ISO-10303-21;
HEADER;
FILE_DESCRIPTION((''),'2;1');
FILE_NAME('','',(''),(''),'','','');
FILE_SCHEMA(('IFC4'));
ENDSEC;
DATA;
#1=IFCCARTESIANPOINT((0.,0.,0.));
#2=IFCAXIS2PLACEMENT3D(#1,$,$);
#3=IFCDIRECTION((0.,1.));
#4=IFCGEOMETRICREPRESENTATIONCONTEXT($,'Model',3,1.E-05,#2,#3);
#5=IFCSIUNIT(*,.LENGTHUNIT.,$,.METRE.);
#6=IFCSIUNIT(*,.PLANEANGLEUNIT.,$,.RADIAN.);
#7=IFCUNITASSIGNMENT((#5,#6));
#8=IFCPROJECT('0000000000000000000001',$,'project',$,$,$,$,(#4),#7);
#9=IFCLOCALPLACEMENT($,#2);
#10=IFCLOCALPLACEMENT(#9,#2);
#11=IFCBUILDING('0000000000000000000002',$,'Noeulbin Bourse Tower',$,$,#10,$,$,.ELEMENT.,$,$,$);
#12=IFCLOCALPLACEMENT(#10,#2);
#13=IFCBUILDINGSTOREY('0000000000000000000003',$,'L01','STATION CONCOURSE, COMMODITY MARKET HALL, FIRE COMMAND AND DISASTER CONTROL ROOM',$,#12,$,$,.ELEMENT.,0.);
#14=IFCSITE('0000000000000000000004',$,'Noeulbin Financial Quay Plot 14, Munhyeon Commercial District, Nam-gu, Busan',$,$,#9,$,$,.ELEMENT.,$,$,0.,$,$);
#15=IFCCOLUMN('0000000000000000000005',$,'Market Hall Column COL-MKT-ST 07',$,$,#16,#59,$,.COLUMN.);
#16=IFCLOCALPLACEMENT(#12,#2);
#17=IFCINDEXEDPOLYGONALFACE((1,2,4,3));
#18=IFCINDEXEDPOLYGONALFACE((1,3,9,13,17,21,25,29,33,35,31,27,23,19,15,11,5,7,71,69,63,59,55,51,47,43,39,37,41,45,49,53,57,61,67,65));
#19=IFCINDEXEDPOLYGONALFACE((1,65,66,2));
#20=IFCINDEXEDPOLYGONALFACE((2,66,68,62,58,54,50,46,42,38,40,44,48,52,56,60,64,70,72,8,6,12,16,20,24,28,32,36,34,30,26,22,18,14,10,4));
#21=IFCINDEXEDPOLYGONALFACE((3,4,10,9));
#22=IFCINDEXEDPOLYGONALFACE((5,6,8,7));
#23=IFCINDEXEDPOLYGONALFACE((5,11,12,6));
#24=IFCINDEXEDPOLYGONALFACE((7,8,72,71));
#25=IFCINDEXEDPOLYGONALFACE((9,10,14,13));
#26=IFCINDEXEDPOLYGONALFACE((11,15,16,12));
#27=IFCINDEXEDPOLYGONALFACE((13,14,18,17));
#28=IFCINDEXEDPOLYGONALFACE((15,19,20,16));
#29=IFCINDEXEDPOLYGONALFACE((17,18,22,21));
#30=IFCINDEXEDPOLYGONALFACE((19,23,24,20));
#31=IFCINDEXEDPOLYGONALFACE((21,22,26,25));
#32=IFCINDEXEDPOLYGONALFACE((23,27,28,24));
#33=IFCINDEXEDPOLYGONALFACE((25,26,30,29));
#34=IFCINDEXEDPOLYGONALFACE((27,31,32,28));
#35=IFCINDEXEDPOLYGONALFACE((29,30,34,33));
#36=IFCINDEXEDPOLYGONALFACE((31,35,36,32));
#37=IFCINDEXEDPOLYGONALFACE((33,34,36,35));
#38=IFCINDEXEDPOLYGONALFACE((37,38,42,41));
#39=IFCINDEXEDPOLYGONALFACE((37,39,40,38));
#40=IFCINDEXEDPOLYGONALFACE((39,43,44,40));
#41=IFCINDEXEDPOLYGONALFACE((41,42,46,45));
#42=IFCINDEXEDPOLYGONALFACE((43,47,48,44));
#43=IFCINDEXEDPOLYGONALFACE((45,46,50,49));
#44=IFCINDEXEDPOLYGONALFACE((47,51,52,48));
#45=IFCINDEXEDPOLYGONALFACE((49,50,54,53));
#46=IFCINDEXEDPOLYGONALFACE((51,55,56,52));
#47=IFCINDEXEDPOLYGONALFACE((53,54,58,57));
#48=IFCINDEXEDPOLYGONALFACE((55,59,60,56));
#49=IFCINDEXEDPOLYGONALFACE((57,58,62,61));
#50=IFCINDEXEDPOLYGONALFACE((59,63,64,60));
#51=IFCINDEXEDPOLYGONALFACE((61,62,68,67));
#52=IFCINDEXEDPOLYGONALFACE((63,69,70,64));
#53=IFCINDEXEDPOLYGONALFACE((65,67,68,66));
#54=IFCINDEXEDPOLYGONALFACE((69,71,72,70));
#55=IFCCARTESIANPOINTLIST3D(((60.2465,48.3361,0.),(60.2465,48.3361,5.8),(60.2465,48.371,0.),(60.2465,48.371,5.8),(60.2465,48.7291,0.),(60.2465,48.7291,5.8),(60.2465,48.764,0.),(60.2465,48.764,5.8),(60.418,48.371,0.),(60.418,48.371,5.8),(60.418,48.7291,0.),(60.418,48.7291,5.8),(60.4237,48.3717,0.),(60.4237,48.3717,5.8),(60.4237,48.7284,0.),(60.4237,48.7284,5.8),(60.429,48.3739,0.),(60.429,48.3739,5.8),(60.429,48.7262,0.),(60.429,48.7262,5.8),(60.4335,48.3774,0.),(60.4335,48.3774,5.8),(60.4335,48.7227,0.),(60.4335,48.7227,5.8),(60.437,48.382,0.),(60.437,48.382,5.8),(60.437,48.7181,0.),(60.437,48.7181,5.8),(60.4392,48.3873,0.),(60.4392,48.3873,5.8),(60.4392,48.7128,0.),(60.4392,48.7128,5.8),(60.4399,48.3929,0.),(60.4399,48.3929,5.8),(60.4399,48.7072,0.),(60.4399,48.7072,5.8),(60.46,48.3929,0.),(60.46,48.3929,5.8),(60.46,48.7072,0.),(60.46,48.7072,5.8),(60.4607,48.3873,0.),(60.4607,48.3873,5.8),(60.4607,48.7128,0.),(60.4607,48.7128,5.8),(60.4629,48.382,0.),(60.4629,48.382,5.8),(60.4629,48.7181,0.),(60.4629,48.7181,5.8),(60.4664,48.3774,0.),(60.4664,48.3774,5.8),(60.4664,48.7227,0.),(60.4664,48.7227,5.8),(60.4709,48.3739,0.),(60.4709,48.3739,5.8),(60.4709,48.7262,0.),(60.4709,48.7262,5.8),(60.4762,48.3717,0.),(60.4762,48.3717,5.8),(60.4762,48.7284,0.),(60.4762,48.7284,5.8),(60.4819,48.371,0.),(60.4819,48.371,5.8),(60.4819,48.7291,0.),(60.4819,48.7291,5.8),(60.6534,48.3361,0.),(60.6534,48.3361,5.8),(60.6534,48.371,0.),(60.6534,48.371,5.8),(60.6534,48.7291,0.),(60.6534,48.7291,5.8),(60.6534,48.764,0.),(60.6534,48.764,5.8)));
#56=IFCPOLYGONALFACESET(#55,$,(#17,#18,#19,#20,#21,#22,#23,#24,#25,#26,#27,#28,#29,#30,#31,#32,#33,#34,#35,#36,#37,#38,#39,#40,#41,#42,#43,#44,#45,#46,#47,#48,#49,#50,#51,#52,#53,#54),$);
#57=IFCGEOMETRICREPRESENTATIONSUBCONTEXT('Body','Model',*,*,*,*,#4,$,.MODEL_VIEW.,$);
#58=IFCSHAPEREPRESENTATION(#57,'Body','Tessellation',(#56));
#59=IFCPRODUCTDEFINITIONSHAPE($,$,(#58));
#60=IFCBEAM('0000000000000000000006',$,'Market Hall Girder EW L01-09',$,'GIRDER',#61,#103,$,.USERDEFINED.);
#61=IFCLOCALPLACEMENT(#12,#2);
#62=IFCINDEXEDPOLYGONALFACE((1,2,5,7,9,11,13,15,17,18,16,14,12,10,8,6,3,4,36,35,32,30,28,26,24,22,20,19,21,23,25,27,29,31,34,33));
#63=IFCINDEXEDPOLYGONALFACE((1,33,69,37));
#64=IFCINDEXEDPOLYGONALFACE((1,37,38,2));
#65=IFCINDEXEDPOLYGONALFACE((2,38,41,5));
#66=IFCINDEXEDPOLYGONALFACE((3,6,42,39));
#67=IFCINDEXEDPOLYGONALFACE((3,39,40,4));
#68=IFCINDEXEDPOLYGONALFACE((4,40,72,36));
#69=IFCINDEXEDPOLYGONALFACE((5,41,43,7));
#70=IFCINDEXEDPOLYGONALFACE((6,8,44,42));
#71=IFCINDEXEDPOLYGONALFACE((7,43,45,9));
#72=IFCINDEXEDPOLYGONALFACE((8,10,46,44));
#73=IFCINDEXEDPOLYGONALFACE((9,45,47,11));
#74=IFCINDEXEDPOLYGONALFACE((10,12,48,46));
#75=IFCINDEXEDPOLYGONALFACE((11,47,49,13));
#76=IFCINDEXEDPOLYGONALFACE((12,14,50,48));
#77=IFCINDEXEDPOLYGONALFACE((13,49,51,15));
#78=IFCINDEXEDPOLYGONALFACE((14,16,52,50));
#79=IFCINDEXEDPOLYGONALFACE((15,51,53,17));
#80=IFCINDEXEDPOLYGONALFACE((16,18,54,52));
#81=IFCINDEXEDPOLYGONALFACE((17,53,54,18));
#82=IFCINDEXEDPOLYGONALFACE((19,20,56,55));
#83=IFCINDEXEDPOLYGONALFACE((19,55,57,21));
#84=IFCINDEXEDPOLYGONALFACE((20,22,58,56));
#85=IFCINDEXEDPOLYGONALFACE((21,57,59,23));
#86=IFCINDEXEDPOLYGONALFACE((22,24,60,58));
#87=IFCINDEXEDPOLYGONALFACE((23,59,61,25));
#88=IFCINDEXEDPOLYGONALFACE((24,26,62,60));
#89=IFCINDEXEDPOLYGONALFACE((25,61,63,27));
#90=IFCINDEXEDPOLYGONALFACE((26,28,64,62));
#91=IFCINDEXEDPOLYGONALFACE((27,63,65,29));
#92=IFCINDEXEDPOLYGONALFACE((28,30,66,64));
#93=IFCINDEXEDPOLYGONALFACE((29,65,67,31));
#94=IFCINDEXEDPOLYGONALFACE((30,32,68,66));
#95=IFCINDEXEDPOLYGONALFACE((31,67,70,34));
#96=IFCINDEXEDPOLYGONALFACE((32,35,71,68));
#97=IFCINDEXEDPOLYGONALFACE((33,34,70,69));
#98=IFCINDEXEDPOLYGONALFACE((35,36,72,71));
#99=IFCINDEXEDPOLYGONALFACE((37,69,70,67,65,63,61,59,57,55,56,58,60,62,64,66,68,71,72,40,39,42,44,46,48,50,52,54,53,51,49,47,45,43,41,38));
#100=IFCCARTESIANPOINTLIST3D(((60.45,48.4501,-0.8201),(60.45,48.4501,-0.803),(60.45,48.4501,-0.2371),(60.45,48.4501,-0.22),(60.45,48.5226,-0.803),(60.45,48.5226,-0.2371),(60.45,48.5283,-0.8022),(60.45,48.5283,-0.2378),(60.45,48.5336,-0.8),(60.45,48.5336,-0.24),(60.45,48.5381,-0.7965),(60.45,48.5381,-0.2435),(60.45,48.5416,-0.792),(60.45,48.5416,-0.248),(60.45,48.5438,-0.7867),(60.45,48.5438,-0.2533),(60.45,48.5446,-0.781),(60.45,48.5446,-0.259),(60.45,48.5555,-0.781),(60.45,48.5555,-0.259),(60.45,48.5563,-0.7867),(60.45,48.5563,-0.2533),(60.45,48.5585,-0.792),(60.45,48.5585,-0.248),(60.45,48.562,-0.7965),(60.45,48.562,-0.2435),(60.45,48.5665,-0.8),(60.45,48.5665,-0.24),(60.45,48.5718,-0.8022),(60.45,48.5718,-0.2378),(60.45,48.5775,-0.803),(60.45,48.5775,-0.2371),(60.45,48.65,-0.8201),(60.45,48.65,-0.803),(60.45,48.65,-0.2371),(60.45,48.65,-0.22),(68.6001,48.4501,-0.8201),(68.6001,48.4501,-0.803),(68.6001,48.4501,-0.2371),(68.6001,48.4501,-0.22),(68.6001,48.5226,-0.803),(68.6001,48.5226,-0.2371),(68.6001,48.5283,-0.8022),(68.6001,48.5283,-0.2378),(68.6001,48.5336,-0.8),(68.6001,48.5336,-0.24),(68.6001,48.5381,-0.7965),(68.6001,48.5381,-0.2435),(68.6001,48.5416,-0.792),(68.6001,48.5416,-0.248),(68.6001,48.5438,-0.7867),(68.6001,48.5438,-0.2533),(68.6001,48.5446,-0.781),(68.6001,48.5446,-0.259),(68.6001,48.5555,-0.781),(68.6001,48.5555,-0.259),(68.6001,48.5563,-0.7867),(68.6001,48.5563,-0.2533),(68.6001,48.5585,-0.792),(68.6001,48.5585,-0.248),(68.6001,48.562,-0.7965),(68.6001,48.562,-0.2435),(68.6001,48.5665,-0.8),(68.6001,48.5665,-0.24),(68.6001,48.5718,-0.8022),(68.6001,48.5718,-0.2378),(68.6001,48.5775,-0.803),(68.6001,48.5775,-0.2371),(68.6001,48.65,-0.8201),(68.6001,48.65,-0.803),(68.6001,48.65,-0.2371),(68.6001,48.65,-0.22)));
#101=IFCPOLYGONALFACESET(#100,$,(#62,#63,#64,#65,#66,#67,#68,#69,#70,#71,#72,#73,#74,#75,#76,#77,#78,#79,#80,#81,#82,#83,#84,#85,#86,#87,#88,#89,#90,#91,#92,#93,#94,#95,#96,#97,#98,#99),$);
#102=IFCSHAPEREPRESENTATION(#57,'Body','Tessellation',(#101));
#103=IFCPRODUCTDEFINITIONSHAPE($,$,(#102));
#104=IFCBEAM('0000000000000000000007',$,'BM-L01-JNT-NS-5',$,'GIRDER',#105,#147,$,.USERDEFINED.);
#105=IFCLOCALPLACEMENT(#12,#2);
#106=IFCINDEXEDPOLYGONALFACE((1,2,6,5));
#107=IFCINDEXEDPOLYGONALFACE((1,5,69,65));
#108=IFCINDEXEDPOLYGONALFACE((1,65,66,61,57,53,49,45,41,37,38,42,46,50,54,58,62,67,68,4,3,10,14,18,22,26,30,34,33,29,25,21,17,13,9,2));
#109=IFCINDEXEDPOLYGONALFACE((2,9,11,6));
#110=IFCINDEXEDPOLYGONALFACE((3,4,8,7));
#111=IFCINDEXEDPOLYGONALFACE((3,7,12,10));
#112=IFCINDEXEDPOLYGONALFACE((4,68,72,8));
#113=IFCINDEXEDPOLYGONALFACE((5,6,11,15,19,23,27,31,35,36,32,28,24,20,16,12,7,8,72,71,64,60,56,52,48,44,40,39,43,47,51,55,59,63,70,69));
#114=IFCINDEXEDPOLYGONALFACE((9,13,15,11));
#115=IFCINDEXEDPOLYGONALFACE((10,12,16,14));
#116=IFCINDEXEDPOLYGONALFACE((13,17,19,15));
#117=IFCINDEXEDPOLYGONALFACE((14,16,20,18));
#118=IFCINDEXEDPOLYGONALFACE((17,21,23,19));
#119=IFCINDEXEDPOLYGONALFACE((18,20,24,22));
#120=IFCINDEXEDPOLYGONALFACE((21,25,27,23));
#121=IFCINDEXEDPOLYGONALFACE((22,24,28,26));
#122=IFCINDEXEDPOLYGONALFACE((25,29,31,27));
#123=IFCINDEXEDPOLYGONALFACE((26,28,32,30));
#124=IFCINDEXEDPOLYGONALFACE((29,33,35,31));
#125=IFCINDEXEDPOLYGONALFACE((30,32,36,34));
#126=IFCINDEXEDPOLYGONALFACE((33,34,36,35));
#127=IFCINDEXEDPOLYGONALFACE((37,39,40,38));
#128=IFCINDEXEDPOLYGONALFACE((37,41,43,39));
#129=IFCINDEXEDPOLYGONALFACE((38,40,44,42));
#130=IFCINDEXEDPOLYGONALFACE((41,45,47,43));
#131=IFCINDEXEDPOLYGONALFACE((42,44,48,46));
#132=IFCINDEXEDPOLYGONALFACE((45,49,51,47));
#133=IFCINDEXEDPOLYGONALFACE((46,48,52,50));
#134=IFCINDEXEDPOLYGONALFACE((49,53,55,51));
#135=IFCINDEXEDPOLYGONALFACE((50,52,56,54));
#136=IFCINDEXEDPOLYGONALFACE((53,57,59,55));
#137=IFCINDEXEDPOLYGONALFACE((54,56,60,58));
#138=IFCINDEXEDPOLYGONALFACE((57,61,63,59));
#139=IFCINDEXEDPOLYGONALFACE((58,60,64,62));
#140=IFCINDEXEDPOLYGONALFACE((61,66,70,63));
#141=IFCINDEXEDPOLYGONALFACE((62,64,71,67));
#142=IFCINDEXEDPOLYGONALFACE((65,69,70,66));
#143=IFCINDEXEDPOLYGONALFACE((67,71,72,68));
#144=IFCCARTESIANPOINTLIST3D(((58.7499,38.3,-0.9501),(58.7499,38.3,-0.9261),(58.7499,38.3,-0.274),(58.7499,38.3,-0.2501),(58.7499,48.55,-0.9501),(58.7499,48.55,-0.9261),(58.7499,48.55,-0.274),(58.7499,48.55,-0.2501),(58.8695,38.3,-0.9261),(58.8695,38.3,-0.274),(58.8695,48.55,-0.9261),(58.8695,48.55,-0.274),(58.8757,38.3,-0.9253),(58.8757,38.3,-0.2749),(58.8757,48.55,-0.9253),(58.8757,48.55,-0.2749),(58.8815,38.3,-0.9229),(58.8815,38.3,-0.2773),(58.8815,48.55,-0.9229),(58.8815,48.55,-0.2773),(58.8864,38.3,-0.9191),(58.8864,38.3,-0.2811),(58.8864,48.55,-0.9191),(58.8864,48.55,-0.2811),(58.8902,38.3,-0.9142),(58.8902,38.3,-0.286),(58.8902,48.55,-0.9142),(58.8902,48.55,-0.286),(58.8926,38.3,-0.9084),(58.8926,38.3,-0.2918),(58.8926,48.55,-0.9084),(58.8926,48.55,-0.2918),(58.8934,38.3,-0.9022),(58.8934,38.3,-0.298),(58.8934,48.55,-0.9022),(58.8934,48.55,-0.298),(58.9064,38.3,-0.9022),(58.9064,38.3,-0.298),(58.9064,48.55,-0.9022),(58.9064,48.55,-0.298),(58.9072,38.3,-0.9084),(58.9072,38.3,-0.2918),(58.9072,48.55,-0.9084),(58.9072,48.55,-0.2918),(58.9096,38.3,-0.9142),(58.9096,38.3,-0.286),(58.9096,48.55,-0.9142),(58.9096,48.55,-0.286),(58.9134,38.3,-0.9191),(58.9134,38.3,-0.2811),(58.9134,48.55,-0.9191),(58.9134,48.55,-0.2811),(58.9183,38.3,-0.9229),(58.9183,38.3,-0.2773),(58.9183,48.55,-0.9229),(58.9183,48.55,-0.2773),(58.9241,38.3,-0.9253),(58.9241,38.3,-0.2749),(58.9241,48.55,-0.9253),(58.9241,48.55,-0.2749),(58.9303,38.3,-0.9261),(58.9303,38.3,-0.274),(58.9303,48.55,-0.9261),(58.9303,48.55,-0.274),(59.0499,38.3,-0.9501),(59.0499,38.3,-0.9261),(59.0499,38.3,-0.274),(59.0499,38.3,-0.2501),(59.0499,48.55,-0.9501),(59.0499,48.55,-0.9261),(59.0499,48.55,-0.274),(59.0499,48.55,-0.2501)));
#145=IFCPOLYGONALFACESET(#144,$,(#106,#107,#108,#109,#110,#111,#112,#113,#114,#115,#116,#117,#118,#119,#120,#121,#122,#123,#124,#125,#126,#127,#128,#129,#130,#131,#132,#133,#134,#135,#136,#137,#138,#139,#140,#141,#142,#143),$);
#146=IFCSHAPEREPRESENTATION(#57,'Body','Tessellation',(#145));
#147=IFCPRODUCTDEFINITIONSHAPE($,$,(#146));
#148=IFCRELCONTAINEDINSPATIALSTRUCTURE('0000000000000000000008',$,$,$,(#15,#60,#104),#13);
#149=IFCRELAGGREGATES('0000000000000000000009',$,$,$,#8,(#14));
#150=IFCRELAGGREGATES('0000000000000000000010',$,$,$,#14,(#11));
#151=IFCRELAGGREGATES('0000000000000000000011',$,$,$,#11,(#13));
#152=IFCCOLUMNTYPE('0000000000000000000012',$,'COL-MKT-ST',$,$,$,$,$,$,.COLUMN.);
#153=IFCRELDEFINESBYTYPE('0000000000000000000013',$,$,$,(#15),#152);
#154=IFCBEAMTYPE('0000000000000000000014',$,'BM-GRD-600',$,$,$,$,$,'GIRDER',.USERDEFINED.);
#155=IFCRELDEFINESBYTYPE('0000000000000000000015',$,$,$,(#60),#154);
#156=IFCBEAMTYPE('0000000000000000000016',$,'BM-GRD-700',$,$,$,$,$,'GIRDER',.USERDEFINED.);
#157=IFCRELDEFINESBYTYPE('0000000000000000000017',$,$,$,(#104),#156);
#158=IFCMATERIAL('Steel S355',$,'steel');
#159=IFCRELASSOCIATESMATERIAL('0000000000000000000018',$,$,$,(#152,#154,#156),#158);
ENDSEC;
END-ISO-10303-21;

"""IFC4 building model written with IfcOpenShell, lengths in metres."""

from ifc_helpers import new_model, si_unit, direction, frame, origin, origin_2d, place, context, subcontext, project, spatial, i_section, extrude, material, material_profile, profile_set, type_object, element, save


model = new_model("IFC4")

# Units and contexts
model_context = context("Model", 3, precision=1e-05, world=origin(), true_north=direction((0.0, 1.0)))
body_context = subcontext(model_context, "Body", "Model", "MODEL_VIEW")
ifc_project = project(units=[si_unit("LENGTHUNIT", "METRE"), si_unit("PLANEANGLEUNIT", "RADIAN")], contexts=[model_context])

# Site, building, storey
site_placement = place(None, origin())
site = spatial("IfcSite", under=ifc_project, at=site_placement, Name="Noeulbin Financial Quay Plot 14, Munhyeon Commercial District, Nam-gu, Busan", CompositionType="ELEMENT", RefElevation=0.0)
building_placement = place(site_placement, origin())
building = spatial("IfcBuilding", under=site, at=building_placement, Name="Noeulbin Bourse Tower", CompositionType="ELEMENT")
storey_placement = place(building_placement, origin())
storey = spatial("IfcBuildingStorey", under=building, at=storey_placement, Name="L01", Description="STATION CONCOURSE, COMMODITY MARKET HALL, FIRE COMMAND AND DISASTER CONTROL ROOM", CompositionType="ELEMENT", Elevation=0.0)

# Column
ifc_material_1 = material(Name="Steel S355", Category="steel")
ifc_material_profile_1 = material_profile(ifc_material_1, i_section(OverallWidth=0.407, OverallDepth=0.428, WebThickness=0.02, FlangeThickness=0.0349, FilletRadius=0.022, at=origin_2d()), Name="H-428x407x20x35", Category="LoadBearing")
ifc_profile_set_1 = profile_set([ifc_material_profile_1], Name="Steel S355")
column_type = type_object("IfcColumnType", Name="COL-MKT-ST", PredefinedType="COLUMN", material=ifc_profile_set_1)
column_placement = place(storey_placement, frame((60.45, 48.55, 0.0), z_axis=(0.0, 0.0, 1.0), x_axis=(1.0, 0.0, 0.0)))
element("IfcColumn", 1, at=column_placement, inside=storey, type_object=column_type, Name="Market Hall Column COL-MKT-ST 07", PredefinedType="COLUMN", context=body_context, shape_type="SweptSolid", body=[
    extrude(i_section(OverallWidth=0.407, OverallDepth=0.428, WebThickness=0.02, FlangeThickness=0.0349, FilletRadius=0.022, at=origin_2d()), origin(), (0.0, 0.0, 1.0), 5.8),
])

# Beams
ifc_material_profile_2 = material_profile(ifc_material_1, i_section(OverallWidth=0.2, OverallDepth=0.6001, WebThickness=0.011, FlangeThickness=0.0171, FilletRadius=0.022, at=origin_2d()), Name="H-600x200x11x17", Category="LoadBearing")
ifc_profile_set_2 = profile_set([ifc_material_profile_2], Name="Steel S355")
beam_type_1 = type_object("IfcBeamType", Name="BM-GRD-600", ElementType="GIRDER", PredefinedType="USERDEFINED", material=ifc_profile_set_2)
beam_1_placement = place(storey_placement, frame((60.45, 48.55, -0.52), z_axis=(1.0, 0.0, 0.0), x_axis=(0.0, 1.0, 0.0)))
element("IfcBeam", 2, at=beam_1_placement, inside=storey, type_object=beam_type_1, Name="Market Hall Girder EW L01-09", ObjectType="GIRDER", PredefinedType="USERDEFINED", context=body_context, shape_type="SweptSolid", body=[
    extrude(i_section(OverallWidth=0.2, OverallDepth=0.6001, WebThickness=0.011, FlangeThickness=0.0171, FilletRadius=0.022, at=origin_2d()), origin(), (0.0, 0.0, 1.0), 8.1501),
])
ifc_material_profile_3 = material_profile(ifc_material_1, i_section(OverallWidth=0.3, OverallDepth=0.7, WebThickness=0.0129, FlangeThickness=0.0239, FilletRadius=0.0239, at=origin_2d()), Name="H-700x300x13x24", Category="LoadBearing")
ifc_profile_set_3 = profile_set([ifc_material_profile_3], Name="Steel S355")
beam_type_2 = type_object("IfcBeamType", Name="BM-GRD-700", ElementType="GIRDER", PredefinedType="USERDEFINED", material=ifc_profile_set_3)
beam_2_placement = place(storey_placement, frame((58.8999, 38.3, -0.6001), z_axis=(0.0, 1.0, 0.0), x_axis=(-1.0, 0.0, 0.0)))
element("IfcBeam", 3, at=beam_2_placement, inside=storey, type_object=beam_type_2, Name="BM-L01-JNT-NS-5", ObjectType="GIRDER", PredefinedType="USERDEFINED", context=body_context, shape_type="SweptSolid", body=[
    extrude(i_section(OverallWidth=0.3, OverallDepth=0.7, WebThickness=0.0129, FlangeThickness=0.0239, FilletRadius=0.0239, at=origin_2d()), origin(), (0.0, 0.0, 1.0), 10.25),
])

save(model, "model.ifc")
